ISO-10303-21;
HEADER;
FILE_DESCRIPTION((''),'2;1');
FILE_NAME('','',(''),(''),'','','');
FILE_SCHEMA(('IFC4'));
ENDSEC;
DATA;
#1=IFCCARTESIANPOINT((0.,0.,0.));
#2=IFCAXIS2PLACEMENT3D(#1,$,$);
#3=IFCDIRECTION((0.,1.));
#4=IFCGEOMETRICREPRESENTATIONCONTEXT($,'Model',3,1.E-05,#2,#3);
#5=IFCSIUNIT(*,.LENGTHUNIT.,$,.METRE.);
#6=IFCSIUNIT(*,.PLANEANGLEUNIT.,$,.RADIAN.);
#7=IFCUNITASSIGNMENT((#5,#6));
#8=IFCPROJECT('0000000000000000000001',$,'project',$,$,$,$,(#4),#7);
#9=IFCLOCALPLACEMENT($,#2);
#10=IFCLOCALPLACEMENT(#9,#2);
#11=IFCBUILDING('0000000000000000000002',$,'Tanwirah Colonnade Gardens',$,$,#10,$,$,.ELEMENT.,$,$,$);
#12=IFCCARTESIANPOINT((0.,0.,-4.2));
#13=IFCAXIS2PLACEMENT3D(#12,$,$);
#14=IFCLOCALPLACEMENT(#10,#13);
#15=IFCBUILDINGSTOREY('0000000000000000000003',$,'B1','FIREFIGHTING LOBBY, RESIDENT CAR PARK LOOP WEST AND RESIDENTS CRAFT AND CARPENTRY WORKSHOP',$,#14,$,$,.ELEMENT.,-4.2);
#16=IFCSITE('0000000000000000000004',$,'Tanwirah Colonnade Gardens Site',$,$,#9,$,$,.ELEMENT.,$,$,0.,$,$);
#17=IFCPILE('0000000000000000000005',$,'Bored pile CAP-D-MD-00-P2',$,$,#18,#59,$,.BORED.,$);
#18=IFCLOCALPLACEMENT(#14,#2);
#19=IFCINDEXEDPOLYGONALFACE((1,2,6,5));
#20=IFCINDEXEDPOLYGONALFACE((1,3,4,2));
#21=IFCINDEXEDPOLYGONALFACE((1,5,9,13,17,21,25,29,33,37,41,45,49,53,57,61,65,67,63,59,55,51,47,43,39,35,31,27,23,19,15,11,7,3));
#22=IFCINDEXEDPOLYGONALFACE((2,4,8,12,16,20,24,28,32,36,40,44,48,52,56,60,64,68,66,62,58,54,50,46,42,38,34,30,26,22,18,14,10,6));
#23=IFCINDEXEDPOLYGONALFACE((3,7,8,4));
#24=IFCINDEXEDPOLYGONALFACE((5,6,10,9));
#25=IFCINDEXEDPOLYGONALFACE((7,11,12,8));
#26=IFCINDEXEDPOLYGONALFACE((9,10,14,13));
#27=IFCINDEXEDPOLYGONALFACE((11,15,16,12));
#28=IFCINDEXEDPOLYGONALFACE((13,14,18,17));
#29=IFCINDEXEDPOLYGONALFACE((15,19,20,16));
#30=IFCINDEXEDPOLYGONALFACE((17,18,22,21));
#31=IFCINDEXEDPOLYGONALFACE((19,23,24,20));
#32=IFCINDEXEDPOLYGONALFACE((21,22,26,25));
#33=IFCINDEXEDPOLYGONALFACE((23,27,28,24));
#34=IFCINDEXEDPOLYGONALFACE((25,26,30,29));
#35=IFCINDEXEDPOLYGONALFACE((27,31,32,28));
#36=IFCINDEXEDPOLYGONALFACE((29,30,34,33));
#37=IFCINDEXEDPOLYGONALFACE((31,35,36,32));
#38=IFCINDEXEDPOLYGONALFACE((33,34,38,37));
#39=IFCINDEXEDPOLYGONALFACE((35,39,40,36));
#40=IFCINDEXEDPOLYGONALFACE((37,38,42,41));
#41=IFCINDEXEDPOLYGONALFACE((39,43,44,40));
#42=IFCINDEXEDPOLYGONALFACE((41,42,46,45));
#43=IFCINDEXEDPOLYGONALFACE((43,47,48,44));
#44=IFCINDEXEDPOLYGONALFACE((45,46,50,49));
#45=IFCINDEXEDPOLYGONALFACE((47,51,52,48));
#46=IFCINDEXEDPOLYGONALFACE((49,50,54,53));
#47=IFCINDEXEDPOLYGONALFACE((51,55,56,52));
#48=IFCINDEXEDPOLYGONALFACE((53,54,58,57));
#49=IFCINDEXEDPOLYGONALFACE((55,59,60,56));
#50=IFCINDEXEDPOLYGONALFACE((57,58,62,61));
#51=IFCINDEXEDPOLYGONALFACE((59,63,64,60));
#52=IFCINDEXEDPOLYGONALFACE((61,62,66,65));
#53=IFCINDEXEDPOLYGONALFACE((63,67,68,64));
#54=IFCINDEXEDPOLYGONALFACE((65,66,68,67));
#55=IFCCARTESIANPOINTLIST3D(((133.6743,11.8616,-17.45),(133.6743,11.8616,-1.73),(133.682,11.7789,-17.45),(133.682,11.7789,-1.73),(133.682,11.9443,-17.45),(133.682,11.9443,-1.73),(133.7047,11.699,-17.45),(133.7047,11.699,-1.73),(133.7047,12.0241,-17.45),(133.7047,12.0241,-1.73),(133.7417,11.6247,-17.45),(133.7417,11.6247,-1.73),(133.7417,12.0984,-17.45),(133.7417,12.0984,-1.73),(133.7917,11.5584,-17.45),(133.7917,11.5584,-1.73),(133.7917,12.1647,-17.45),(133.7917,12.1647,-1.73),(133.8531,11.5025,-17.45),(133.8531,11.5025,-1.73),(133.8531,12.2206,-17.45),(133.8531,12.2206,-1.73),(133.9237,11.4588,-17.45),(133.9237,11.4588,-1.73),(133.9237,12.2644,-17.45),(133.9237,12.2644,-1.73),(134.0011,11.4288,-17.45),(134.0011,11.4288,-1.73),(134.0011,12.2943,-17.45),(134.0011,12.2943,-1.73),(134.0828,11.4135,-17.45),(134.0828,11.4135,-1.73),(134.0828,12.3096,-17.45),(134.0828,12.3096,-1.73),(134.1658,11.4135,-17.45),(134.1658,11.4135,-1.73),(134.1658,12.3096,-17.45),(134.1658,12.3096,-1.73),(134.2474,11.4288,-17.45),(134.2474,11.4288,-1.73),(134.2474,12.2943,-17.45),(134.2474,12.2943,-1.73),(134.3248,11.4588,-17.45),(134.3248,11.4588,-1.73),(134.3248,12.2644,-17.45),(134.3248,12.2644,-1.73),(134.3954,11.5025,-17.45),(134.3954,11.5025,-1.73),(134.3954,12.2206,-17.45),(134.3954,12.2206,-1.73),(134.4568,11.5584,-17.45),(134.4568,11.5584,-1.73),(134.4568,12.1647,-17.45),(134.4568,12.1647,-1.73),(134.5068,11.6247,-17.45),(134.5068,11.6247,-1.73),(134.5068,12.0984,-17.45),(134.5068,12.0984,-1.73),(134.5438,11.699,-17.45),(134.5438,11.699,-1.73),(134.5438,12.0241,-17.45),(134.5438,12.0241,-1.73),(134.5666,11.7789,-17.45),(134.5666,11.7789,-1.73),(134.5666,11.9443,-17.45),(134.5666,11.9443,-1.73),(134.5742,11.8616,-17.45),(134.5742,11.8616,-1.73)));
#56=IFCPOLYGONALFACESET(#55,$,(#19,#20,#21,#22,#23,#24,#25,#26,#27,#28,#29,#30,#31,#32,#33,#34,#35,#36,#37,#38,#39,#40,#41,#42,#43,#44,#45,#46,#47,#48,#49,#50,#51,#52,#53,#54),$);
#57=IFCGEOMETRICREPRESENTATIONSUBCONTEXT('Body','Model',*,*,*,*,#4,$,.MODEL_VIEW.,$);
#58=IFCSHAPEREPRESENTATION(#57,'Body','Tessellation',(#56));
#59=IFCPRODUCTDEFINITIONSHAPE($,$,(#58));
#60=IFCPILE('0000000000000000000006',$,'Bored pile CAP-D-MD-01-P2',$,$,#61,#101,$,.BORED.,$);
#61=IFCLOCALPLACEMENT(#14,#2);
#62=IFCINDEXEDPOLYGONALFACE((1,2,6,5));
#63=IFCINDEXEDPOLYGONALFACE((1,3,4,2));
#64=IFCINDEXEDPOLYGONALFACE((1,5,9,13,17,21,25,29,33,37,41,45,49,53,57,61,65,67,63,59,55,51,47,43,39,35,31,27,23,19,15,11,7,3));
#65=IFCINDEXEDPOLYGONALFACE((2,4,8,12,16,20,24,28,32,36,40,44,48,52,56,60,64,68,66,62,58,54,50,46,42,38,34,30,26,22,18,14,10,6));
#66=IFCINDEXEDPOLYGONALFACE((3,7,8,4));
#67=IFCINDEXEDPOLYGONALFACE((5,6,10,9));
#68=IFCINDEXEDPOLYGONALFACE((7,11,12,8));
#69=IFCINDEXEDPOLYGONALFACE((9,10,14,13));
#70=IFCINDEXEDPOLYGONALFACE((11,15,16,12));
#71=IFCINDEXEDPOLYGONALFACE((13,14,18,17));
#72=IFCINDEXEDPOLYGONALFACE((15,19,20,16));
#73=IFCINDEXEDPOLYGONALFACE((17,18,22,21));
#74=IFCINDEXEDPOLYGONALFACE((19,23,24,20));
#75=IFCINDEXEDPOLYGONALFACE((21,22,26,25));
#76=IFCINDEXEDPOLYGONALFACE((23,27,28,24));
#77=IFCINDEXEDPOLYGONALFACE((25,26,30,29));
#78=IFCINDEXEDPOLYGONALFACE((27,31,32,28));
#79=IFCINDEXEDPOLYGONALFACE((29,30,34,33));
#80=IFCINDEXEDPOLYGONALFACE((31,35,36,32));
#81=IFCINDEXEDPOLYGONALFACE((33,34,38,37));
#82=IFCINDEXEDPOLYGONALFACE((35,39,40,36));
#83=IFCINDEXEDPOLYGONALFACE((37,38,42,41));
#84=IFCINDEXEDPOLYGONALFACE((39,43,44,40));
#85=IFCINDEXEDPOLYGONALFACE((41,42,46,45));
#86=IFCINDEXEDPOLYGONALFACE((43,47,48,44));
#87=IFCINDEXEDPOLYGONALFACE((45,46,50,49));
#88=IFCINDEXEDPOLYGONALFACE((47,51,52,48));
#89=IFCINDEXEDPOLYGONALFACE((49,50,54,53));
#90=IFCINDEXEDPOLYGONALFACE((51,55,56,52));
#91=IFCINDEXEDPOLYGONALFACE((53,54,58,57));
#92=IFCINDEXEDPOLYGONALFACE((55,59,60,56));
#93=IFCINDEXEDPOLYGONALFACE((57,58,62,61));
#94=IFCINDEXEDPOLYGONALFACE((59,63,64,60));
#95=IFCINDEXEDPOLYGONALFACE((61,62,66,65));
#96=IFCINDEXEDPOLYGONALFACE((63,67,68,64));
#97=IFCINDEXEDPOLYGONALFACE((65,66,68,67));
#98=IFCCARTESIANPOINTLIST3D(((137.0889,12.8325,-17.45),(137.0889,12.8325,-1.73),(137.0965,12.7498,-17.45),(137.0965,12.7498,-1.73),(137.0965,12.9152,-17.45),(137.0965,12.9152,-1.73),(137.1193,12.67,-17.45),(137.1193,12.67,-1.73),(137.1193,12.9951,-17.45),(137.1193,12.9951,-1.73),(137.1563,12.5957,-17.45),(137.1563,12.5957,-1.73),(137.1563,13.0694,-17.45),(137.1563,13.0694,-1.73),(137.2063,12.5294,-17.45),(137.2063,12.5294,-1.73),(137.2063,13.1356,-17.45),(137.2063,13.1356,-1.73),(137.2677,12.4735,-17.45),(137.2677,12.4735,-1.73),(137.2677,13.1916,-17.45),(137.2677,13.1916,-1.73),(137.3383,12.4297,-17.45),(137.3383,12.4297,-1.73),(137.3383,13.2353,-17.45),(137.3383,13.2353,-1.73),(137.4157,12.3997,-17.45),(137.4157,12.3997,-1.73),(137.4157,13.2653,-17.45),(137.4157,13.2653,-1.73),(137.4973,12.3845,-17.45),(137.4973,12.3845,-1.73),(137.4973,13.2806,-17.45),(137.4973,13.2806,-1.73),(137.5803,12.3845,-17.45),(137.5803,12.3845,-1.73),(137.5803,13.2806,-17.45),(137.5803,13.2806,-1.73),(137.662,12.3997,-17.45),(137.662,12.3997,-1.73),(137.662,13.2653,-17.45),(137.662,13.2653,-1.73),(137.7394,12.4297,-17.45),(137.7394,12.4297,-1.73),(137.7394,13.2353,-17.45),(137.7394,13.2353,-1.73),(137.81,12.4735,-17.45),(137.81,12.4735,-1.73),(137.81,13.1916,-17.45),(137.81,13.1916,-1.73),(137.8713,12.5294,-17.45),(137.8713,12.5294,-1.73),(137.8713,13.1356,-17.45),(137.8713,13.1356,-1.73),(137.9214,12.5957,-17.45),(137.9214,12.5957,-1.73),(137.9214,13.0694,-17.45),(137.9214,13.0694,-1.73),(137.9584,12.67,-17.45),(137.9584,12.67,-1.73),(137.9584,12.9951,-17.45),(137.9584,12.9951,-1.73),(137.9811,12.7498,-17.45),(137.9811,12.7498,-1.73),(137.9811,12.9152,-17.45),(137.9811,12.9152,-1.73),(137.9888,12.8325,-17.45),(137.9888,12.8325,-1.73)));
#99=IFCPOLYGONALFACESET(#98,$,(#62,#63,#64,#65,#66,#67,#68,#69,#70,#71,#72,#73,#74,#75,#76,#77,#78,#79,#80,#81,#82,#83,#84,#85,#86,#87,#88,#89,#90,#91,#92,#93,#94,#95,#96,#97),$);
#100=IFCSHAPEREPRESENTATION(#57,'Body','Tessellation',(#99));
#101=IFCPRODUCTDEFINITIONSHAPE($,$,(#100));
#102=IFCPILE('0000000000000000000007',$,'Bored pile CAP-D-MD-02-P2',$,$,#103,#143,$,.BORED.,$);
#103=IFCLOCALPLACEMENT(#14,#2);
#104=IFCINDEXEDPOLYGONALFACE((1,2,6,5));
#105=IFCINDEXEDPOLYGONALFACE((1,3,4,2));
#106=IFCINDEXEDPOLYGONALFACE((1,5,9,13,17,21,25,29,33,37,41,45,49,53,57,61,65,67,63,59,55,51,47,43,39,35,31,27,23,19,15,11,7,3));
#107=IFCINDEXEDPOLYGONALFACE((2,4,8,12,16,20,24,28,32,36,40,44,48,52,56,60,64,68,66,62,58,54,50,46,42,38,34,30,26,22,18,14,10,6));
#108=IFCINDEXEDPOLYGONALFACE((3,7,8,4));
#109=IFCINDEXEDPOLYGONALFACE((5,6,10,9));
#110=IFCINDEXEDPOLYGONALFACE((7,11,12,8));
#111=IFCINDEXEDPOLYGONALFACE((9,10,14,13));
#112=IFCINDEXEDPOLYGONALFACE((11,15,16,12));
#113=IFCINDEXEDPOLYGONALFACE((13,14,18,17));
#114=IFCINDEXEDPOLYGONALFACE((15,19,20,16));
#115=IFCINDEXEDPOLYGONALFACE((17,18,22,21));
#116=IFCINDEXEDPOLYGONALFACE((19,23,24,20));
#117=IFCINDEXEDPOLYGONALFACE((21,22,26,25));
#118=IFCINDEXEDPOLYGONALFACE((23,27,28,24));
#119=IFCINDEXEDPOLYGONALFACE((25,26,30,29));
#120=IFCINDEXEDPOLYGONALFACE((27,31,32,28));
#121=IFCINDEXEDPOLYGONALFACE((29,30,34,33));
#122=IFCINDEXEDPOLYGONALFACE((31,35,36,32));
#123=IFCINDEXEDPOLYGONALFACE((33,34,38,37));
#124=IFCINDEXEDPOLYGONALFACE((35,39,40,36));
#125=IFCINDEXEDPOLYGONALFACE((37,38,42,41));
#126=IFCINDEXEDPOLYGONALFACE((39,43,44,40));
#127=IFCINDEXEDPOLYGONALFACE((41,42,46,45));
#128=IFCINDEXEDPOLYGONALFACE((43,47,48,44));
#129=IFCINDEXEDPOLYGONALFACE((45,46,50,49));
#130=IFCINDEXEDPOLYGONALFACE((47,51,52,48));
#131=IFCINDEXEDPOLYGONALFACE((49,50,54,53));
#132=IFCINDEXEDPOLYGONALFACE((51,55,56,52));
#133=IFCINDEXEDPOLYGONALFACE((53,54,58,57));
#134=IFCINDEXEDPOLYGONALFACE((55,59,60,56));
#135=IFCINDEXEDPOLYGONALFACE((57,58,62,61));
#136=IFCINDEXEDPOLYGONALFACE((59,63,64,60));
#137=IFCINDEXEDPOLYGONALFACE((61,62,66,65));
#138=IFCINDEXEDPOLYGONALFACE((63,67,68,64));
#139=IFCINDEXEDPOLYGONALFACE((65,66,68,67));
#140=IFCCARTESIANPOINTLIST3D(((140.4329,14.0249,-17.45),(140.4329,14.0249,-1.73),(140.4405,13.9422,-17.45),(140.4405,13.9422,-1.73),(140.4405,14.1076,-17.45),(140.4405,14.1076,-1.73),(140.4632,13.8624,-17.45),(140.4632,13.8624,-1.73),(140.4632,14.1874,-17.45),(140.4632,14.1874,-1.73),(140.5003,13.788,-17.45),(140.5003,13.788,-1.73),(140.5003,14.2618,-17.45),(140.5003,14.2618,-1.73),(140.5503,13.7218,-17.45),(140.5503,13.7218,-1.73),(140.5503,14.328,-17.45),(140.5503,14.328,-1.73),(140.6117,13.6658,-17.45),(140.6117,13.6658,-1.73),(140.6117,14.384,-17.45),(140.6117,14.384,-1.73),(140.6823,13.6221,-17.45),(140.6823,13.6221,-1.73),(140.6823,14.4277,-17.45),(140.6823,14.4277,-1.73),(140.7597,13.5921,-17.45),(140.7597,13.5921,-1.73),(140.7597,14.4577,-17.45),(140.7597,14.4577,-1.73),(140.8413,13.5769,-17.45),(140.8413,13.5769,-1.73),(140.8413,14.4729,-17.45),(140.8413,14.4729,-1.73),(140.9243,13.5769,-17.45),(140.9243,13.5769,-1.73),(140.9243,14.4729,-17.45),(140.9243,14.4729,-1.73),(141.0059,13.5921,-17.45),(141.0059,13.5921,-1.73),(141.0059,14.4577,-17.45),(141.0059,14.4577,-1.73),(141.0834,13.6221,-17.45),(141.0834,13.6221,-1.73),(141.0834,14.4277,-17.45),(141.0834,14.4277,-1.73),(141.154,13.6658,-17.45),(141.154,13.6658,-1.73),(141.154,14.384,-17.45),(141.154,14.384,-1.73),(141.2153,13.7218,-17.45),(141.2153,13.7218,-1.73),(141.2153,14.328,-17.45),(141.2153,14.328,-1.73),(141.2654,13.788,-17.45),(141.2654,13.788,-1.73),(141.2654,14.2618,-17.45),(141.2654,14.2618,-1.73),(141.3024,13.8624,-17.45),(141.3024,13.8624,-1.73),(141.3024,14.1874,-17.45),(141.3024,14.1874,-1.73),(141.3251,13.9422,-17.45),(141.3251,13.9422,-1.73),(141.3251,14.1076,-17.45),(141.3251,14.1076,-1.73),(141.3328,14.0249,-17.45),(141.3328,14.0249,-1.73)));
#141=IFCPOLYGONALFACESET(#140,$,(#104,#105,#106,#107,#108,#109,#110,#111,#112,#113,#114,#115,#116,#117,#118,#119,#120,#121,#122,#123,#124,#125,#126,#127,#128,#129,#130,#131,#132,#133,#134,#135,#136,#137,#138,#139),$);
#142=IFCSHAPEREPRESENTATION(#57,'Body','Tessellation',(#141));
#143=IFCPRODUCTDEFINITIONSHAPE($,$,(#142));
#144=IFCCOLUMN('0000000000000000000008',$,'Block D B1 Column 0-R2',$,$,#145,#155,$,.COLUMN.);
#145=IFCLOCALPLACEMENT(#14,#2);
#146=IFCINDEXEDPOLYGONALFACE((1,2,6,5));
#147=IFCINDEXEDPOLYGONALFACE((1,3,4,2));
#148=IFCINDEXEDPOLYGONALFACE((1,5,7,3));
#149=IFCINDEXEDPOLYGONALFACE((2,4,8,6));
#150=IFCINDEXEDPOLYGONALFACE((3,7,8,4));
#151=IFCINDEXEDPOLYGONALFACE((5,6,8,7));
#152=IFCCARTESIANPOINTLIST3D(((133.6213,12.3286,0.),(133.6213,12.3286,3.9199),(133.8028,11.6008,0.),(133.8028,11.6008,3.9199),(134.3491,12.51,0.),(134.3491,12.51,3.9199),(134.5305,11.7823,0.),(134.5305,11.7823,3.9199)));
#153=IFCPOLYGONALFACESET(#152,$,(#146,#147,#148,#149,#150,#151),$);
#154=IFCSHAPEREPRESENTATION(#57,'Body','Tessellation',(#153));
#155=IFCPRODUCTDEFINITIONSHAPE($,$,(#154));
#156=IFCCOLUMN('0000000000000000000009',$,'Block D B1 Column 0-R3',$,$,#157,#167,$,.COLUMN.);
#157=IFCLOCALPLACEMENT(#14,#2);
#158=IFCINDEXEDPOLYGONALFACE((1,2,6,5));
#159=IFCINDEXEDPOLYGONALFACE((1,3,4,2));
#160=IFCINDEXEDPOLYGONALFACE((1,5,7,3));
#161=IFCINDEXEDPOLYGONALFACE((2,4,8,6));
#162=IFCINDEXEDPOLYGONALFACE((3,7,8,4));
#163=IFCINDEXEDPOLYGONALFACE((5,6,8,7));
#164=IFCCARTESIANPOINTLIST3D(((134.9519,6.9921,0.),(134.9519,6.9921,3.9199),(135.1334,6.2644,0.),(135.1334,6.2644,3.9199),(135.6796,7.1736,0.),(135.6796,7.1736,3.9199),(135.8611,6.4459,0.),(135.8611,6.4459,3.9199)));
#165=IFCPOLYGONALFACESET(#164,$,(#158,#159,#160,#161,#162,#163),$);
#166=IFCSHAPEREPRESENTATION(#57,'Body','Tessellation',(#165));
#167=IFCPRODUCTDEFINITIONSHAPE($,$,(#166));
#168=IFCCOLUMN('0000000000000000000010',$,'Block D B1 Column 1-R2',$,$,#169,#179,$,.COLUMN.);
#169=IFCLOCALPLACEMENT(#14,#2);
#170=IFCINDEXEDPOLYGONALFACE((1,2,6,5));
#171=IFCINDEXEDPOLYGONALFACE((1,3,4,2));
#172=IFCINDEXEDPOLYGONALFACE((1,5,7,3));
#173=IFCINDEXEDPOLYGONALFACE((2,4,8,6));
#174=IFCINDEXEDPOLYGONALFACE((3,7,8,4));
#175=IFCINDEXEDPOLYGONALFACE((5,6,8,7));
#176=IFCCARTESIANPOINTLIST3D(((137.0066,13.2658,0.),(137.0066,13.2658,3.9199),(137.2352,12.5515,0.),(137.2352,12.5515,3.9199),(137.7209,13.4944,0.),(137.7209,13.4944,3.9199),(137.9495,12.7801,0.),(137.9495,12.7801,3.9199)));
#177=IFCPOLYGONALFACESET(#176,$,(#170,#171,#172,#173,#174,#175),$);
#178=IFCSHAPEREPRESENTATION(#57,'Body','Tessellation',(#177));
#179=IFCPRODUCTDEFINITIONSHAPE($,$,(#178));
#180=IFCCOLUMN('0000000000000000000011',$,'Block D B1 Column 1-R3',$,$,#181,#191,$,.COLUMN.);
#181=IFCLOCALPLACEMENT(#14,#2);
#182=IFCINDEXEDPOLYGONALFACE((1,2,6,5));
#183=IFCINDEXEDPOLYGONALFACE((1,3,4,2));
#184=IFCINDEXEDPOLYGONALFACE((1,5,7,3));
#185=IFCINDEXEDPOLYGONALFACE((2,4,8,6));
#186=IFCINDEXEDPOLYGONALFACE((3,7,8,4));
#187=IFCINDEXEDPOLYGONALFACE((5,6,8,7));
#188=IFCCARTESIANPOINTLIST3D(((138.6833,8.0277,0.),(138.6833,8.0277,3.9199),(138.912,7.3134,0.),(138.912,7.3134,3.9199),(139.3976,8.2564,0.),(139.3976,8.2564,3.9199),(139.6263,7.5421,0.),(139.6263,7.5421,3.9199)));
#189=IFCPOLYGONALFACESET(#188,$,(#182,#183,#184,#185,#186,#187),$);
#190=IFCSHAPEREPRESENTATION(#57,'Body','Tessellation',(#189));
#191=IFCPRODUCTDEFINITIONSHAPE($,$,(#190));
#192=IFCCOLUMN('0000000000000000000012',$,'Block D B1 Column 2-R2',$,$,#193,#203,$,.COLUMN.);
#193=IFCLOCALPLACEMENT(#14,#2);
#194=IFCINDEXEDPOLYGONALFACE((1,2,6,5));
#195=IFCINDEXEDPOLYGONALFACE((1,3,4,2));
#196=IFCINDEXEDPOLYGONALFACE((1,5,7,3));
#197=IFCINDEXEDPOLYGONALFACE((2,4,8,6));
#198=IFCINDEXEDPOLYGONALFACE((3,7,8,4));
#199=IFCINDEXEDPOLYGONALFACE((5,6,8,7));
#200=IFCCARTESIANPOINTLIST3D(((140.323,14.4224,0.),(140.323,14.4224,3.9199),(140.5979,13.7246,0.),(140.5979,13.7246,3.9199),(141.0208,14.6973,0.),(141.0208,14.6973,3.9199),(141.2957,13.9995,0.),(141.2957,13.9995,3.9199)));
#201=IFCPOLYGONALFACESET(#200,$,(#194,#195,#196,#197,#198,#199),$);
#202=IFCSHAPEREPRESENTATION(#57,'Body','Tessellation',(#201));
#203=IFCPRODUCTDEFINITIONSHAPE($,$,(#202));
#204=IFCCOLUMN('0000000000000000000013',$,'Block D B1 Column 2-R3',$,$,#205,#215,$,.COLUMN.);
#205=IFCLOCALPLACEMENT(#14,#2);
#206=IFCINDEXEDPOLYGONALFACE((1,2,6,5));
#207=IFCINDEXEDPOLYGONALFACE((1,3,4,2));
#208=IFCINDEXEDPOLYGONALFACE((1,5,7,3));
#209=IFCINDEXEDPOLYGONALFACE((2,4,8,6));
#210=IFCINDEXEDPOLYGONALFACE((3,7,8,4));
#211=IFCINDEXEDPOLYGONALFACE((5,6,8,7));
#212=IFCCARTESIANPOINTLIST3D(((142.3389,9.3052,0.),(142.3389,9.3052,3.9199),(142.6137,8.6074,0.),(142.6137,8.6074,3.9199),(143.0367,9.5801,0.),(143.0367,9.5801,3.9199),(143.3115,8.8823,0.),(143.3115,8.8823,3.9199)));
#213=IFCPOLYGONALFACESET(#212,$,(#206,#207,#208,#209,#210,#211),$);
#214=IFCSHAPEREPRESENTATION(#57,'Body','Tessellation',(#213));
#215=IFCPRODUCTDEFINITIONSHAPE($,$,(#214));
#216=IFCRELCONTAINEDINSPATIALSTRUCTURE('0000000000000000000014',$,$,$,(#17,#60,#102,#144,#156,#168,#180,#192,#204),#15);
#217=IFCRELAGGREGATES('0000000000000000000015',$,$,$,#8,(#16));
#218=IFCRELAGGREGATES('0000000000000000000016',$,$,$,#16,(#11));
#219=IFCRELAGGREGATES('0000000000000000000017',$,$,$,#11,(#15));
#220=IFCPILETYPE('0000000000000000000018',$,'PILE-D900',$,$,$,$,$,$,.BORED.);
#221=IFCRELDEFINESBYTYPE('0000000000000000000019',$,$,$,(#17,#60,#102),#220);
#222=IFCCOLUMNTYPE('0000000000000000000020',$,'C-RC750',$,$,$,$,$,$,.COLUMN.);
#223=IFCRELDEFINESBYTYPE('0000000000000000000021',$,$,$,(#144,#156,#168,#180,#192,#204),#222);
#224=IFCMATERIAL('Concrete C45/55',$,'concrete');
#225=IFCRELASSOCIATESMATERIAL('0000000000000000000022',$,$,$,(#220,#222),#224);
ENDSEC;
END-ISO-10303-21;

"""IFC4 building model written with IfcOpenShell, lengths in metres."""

from ifc_helpers import new_model, si_unit, direction, frame, origin, origin_2d, place, context, subcontext, project, spatial, rectangle, circle, extrude, material, material_profile, profile_set, type_object, element, save


model = new_model("IFC4")

# Units and contexts
model_context = context("Model", 3, precision=1e-05, world=origin(), true_north=direction((0.0, 1.0)))
body_context = subcontext(model_context, "Body", "Model", "MODEL_VIEW")
ifc_project = project(units=[si_unit("LENGTHUNIT", "METRE"), si_unit("PLANEANGLEUNIT", "RADIAN")], contexts=[model_context])

# Site, building, storey
site_placement = place(None, origin())
site = spatial("IfcSite", under=ifc_project, at=site_placement, Name="Tanwirah Colonnade Gardens Site", CompositionType="ELEMENT", RefElevation=0.0)
building_placement = place(site_placement, origin())
building = spatial("IfcBuilding", under=site, at=building_placement, Name="Tanwirah Colonnade Gardens", CompositionType="ELEMENT")
storey_placement = place(building_placement, frame((0.0, 0.0, -4.2)))
storey = spatial("IfcBuildingStorey", under=building, at=storey_placement, Name="B1", Description="FIREFIGHTING LOBBY, RESIDENT CAR PARK LOOP WEST AND RESIDENTS CRAFT AND CARPENTRY WORKSHOP", CompositionType="ELEMENT", Elevation=-4.2)

# Shared definitions
ifc_material_1 = material(Name="Concrete C45/55", Category="concrete")

# Piles
ifc_material_profile_1 = material_profile(ifc_material_1, circle(Radius=0.45, at=origin_2d()), Name="PILE D900")
ifc_profile_set_1 = profile_set([ifc_material_profile_1], Name="Concrete C45/55")
pile_type_1 = type_object("IfcPileType", Name="PILE-D900", PredefinedType="BORED", material=ifc_profile_set_1)
for number, where, z_axis, x_axis, name in (
    (1, (134.1243, 11.8616, -1.73), (0.0, 0.0, -1.0), (1.0, 0.0, 0.0), "Bored pile CAP-D-MD-00-P2"),
    (2, (137.5388, 12.8325, -1.73), (0.0, 0.0, -1.0), (1.0, 0.0, 0.0), "Bored pile CAP-D-MD-01-P2"),
    (3, (140.8828, 14.0249, -1.73), (0.0, 0.0, -1.0), (1.0, 0.0, 0.0), "Bored pile CAP-D-MD-02-P2"),
):
    element("IfcPile", number, at=place(storey_placement, frame(where, z_axis=z_axis, x_axis=x_axis)), inside=storey, type_object=pile_type_1, Name=name, PredefinedType="BORED", context=body_context, shape_type="SweptSolid", body=[
        extrude(circle(Radius=0.45, at=origin_2d()), origin(), (0.0, 0.0, 1.0), 15.72),
    ])

# Columns
ifc_material_profile_2 = material_profile(ifc_material_1, rectangle(XDim=0.75, YDim=0.75, at=origin_2d()), Name="RC-COL 750x750")
ifc_profile_set_2 = profile_set([ifc_material_profile_2], Name="Concrete C45/55")
column_type = type_object("IfcColumnType", Name="C-RC750", PredefinedType="COLUMN", material=ifc_profile_set_2)
for number, where, z_axis, x_axis, name in (
    (4, (134.0759, 12.0554, 0.0), (0.0, 0.0, 1.0), (0.241922, -0.970296, 0.0), "Block D B1 Column 0-R2"),
    (5, (135.4065, 6.719, 0.0), (0.0, 0.0, 1.0), (0.241922, -0.970296, 0.0), "Block D B1 Column 0-R3"),
    (6, (137.478, 13.0229, 0.0), (0.0, 0.0, 1.0), (0.304864, -0.952396, 0.0), "Block D B1 Column 1-R2"),
    (7, (139.1548, 7.7849, 0.0), (0.0, 0.0, 1.0), (0.304864, -0.952396, 0.0), "Block D B1 Column 1-R3"),
    (8, (140.8093, 14.2109, 0.0), (0.0, 0.0, 1.0), (0.366501, -0.930418, 0.0), "Block D B1 Column 2-R2"),
    (9, (142.8252, 9.0938, 0.0), (0.0, 0.0, 1.0), (0.366501, -0.930418, 0.0), "Block D B1 Column 2-R3"),
):
    element("IfcColumn", number, at=place(storey_placement, frame(where, z_axis=z_axis, x_axis=x_axis)), inside=storey, type_object=column_type, Name=name, PredefinedType="COLUMN", context=body_context, shape_type="SweptSolid", body=[
        extrude(rectangle(XDim=0.75, YDim=0.75, at=origin_2d()), origin(), (0.0, 0.0, 1.0), 3.9199),
    ])

save(model, "model.ifc")
